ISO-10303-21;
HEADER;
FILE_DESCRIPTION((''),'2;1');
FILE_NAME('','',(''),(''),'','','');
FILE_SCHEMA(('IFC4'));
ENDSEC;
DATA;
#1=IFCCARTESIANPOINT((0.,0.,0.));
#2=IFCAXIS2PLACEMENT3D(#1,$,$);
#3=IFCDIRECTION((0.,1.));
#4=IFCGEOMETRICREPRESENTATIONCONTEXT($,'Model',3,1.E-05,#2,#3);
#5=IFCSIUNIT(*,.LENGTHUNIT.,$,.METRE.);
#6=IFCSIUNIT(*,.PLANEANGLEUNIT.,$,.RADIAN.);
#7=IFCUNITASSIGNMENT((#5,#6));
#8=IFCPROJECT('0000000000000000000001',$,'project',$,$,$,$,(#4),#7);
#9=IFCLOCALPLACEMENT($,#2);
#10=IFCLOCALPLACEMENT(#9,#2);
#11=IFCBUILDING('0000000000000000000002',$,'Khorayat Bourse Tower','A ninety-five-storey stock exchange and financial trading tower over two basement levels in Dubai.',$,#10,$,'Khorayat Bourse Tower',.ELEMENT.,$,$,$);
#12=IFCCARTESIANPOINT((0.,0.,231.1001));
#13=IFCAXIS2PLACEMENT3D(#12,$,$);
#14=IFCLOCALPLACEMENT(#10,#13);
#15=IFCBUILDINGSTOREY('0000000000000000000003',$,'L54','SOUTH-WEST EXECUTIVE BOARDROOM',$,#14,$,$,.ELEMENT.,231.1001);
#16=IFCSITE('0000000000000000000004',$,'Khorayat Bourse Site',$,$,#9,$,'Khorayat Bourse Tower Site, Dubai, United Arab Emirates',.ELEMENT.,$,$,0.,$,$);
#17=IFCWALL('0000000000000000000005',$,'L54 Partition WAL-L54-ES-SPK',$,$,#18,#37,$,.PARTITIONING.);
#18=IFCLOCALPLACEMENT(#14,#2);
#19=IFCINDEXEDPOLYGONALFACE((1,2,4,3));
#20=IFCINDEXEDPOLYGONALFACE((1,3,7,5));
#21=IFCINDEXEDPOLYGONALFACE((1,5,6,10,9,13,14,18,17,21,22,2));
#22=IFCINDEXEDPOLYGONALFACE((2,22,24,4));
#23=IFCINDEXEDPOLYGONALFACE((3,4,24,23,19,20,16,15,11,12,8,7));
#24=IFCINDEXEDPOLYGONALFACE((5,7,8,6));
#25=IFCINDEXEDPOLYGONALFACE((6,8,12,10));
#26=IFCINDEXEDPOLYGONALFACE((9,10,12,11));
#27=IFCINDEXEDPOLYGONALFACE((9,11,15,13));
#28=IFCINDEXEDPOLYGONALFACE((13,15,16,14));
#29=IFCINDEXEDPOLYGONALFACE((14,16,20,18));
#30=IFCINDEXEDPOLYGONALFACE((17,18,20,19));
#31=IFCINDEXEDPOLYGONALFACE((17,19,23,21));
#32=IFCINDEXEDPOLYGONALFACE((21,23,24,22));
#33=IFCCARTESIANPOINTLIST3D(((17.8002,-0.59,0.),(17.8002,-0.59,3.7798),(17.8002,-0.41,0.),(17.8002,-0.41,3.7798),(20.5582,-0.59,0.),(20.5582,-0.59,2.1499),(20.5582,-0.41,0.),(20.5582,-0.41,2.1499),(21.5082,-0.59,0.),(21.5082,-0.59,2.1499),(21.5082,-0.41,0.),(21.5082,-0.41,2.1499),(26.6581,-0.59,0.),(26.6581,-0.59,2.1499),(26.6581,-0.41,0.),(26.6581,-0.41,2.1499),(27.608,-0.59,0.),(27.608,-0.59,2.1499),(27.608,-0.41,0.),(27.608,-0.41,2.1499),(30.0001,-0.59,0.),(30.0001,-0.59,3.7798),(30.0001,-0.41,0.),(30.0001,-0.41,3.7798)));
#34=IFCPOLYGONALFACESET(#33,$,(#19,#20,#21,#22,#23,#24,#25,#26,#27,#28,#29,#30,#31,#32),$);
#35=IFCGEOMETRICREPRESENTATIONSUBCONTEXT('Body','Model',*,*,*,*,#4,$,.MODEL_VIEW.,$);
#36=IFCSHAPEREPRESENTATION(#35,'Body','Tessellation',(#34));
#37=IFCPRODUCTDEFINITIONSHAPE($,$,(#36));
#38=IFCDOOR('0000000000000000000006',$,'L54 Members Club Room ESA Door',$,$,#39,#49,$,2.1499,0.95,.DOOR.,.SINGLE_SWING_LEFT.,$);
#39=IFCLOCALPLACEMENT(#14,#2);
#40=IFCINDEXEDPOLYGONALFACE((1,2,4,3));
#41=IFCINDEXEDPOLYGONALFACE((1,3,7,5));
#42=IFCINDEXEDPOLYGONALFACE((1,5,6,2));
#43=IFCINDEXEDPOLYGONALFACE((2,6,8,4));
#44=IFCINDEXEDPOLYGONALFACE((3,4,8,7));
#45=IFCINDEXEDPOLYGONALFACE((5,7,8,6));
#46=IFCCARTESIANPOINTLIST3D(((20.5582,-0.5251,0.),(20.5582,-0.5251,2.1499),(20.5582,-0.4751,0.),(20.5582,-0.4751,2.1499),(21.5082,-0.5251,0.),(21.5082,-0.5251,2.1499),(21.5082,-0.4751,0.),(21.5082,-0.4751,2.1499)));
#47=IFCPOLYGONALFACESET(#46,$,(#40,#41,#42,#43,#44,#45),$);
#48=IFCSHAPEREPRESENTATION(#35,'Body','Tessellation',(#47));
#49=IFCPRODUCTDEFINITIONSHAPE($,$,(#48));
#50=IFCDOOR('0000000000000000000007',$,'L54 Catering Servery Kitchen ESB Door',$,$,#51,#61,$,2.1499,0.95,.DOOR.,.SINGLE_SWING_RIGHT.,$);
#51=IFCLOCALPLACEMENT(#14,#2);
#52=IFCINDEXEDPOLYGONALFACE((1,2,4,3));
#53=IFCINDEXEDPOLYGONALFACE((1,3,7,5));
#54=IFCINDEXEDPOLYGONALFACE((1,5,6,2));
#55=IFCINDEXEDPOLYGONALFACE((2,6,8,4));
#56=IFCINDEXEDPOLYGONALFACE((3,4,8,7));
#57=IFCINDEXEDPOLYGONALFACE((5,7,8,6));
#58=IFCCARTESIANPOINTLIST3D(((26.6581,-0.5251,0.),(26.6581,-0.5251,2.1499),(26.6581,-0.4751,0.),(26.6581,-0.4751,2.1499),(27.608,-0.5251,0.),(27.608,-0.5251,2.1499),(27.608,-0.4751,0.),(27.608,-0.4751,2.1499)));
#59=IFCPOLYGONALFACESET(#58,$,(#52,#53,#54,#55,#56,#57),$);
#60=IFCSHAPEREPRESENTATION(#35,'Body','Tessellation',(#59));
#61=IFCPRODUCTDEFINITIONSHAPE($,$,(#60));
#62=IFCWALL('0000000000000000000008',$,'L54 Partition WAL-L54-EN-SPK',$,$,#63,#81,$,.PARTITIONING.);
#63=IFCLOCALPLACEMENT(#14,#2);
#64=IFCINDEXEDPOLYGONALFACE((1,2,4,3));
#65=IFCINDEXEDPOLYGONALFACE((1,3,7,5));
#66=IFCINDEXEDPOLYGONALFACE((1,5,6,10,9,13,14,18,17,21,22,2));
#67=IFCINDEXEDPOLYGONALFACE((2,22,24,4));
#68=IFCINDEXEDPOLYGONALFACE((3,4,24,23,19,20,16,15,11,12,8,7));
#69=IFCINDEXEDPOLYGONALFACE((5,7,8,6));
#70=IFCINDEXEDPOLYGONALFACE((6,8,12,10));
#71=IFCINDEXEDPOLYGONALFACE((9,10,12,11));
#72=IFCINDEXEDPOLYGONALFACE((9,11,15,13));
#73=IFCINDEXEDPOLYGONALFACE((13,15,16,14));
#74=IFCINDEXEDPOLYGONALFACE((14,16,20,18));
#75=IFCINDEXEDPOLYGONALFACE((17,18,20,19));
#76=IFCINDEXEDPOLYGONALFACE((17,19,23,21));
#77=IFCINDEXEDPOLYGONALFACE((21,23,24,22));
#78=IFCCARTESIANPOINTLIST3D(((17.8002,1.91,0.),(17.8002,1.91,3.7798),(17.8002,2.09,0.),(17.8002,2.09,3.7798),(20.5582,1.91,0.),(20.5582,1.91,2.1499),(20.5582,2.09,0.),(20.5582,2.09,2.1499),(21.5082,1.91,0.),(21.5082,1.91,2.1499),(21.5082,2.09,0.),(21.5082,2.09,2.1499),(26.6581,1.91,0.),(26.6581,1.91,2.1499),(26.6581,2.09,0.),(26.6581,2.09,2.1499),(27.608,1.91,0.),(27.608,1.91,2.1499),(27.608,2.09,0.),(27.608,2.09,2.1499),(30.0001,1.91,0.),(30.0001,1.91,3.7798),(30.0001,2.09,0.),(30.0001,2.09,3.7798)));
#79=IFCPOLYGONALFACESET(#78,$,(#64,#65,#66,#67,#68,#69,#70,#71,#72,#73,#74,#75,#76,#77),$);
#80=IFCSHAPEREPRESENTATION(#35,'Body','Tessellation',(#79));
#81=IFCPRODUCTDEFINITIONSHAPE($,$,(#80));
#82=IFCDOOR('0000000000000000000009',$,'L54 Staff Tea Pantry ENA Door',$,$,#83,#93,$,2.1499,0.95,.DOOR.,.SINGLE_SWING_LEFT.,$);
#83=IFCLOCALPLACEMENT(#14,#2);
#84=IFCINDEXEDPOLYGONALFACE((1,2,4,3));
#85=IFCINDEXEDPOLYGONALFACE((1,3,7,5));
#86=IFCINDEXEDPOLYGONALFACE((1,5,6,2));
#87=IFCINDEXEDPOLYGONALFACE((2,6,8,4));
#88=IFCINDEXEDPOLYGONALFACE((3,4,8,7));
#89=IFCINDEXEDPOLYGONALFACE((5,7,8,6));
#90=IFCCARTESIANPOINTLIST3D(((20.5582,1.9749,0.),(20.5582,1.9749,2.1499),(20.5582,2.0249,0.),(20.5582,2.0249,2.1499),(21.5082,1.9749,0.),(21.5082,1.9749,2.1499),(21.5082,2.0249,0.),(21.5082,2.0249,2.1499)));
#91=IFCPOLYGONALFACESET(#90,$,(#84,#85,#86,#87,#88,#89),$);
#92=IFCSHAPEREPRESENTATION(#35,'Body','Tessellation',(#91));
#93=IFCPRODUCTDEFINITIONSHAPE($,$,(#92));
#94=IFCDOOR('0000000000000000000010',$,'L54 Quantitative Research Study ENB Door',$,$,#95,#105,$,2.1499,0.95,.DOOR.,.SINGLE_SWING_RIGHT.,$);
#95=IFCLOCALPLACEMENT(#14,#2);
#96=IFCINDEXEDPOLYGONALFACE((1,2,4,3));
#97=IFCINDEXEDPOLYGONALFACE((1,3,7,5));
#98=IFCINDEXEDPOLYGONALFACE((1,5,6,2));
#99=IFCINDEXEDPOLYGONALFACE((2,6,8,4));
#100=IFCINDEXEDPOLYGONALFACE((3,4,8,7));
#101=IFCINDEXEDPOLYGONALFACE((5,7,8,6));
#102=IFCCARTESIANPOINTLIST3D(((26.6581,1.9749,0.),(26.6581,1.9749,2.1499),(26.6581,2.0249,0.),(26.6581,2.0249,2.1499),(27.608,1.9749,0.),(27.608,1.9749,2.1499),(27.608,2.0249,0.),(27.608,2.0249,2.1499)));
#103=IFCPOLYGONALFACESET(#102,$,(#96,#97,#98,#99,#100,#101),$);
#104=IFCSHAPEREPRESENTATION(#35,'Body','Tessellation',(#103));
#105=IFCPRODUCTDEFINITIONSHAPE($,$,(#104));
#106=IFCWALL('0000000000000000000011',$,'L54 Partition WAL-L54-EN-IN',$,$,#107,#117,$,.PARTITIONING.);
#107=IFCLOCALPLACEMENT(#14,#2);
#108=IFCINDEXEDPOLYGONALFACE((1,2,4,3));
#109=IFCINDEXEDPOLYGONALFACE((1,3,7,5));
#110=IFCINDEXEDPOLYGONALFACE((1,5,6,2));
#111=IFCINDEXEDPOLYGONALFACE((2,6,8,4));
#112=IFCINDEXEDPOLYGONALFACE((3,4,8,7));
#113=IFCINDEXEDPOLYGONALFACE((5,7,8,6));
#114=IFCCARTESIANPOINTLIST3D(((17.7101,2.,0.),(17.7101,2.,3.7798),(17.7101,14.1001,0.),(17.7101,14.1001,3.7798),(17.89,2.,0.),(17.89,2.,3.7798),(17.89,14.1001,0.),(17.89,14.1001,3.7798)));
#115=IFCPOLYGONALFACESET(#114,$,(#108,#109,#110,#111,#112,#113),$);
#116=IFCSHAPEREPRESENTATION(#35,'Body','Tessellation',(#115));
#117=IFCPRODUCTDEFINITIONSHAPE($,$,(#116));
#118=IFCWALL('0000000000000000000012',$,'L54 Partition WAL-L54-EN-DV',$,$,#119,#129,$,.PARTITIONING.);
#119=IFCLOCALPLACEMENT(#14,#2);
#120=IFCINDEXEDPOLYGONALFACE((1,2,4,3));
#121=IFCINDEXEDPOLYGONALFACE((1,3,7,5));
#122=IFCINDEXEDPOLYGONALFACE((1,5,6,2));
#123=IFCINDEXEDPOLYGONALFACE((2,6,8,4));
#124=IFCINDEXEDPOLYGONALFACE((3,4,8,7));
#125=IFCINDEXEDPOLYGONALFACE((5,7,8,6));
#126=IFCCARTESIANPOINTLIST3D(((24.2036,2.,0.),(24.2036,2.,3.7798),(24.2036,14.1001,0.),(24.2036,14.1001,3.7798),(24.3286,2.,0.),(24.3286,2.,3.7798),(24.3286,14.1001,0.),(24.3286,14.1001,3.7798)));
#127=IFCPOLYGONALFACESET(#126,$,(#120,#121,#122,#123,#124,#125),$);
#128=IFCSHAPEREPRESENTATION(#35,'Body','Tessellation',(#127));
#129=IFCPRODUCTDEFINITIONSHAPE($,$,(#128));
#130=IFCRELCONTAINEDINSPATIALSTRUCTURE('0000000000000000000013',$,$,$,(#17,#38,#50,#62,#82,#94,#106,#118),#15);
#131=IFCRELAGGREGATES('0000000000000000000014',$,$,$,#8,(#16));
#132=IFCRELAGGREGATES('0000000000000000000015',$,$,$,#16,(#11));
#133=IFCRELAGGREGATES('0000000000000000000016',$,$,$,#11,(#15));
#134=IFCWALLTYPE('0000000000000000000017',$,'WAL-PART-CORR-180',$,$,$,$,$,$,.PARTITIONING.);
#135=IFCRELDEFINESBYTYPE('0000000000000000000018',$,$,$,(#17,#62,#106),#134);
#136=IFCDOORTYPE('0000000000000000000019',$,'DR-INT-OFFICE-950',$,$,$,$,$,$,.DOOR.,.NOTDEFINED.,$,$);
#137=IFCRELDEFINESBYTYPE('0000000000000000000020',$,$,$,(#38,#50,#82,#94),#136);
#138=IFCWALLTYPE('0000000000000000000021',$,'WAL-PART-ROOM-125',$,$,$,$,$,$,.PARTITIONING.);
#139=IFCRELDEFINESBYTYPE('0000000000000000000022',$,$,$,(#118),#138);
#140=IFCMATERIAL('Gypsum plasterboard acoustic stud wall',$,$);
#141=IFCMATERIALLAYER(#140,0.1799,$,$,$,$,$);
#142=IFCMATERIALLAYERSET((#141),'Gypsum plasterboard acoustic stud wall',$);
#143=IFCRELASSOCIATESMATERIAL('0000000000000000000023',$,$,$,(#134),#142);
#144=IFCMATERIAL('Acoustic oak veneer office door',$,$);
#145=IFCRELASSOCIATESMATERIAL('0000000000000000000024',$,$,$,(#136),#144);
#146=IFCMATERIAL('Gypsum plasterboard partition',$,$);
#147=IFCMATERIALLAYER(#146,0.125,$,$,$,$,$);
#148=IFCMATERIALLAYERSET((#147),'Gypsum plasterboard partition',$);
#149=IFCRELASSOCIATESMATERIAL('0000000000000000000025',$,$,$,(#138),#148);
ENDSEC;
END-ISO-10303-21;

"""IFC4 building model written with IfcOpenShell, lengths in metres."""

from ifc_helpers import new_model, si_unit, direction, frame, frame_2d, origin, place, context, subcontext, project, spatial, rectangle, extrude, source, transform, mapped, material, layer, layer_set, type_object, element, fill, save


model = new_model("IFC4")

# Units and contexts
model_context = context("Model", 3, precision=1e-05, world=origin(), true_north=direction((0.0, 1.0)))
body_context = subcontext(model_context, "Body", "Model", "MODEL_VIEW")
ifc_project = project(units=[si_unit("LENGTHUNIT", "METRE"), si_unit("PLANEANGLEUNIT", "RADIAN")], contexts=[model_context])

# Site, building, storey
site_placement = place(None, origin())
site = spatial("IfcSite", under=ifc_project, at=site_placement, Name="Khorayat Bourse Site", LongName="Khorayat Bourse Tower Site, Dubai, United Arab Emirates", CompositionType="ELEMENT", RefElevation=0.0)
building_placement = place(site_placement, origin())
building = spatial("IfcBuilding", under=site, at=building_placement, Name="Khorayat Bourse Tower", Description="A ninety-five-storey stock exchange and financial trading tower over two basement levels in Dubai.", LongName="Khorayat Bourse Tower", CompositionType="ELEMENT")
storey_placement = place(building_placement, frame((0.0, 0.0, 231.1001)))
storey = spatial("IfcBuildingStorey", under=building, at=storey_placement, Name="L54", Description="SOUTH-WEST EXECUTIVE BOARDROOM", CompositionType="ELEMENT", Elevation=231.1001)

# Shared definitions
ifc_material_1 = material(Name="Gypsum plasterboard acoustic stud wall")
ifc_layer_1 = layer(ifc_material_1, 0.1799)
ifc_layer_set_1 = layer_set([ifc_layer_1], Name="Gypsum plasterboard acoustic stud wall")
wall_type_1 = type_object("IfcWallType", Name="WAL-PART-CORR-180", PredefinedType="PARTITIONING", material=ifc_layer_set_1)

# Walls, openings, doors
shared_shape_1 = source(origin(), body_context, "Body", "SweptSolid", [
    extrude(rectangle(XDim=12.2, YDim=0.1799, at=frame_2d((6.1001, 0.0))), origin(), (0.0, 0.0, 1.0), 3.7798),
])
wall_1_placement = place(storey_placement, frame((17.8, -0.5, 0.0), z_axis=(0.0, 0.0, 1.0), x_axis=(1.0, 0.0, 0.0)))
wall_1 = element("IfcWall", 1, at=wall_1_placement, inside=storey, type_object=wall_type_1, Name="L54 Partition WAL-L54-ES-SPK", PredefinedType="PARTITIONING", context=body_context, shape_type="MappedRepresentation", body=[
    mapped(shared_shape_1, transform((0.0, 0.0, 0.0), scale=1.0)),
])
shared_shape_2 = source(origin(), body_context, "Body", "SweptSolid", [
    extrude(rectangle(XDim=0.95, YDim=2.1499, at=frame_2d((0.4751, 1.075))), frame((0.0, 0.0999, 0.0), z_axis=(0.0, -1.0, 0.0), x_axis=(1.0, 0.0, 0.0)), (0.0, 0.0, 1.0), 0.2),
])
opening_1_placement = place(wall_1_placement, frame((2.7581, 0.0, 0.0)))
opening_1 = element("IfcOpeningElement", 2, at=opening_1_placement, cuts=wall_1, PredefinedType="OPENING", context=body_context, shape_type="MappedRepresentation", body=[
    mapped(shared_shape_2, transform((0.0, 0.0, 0.0), scale=1.0)),
])
opening_2_placement = place(wall_1_placement, frame((8.8579, 0.0, 0.0)))
opening_2 = element("IfcOpeningElement", 3, at=opening_2_placement, cuts=wall_1, PredefinedType="OPENING", context=body_context, shape_type="MappedRepresentation", body=[
    mapped(shared_shape_2, transform((0.0, 0.0, 0.0), scale=1.0)),
])
ifc_material_2 = material(Name="Acoustic oak veneer office door")
door_type = type_object("IfcDoorType", Name="DR-INT-OFFICE-950", OperationType="NOTDEFINED", PredefinedType="DOOR", material=ifc_material_2)
shared_shape_3 = source(origin(), body_context, "Body", "SweptSolid", [
    extrude(rectangle(XDim=0.95, YDim=2.1499, at=frame_2d((0.4751, 1.075))), frame((0.0, 0.0249, 0.0), z_axis=(0.0, -1.0, 0.0), x_axis=(1.0, 0.0, 0.0)), (0.0, 0.0, 1.0), 0.05),
])
door_1_placement = place(opening_1_placement, origin())
door_1 = element("IfcDoor", 4, at=door_1_placement, inside=storey, type_object=door_type, Name="L54 Members Club Room ESA Door", OperationType="SINGLE_SWING_LEFT", OverallHeight=2.1499, OverallWidth=0.95, PredefinedType="DOOR", context=body_context, shape_type="MappedRepresentation", body=[
    mapped(shared_shape_3, transform((0.0, 0.0, 0.0), scale=1.0)),
])
fill(opening_1, door_1)
door_2_placement = place(opening_2_placement, origin())
door_2 = element("IfcDoor", 5, at=door_2_placement, inside=storey, type_object=door_type, Name="L54 Catering Servery Kitchen ESB Door", OperationType="SINGLE_SWING_RIGHT", OverallHeight=2.1499, OverallWidth=0.95, PredefinedType="DOOR", context=body_context, shape_type="MappedRepresentation", body=[
    mapped(shared_shape_3, transform((0.0, 0.0, 0.0), scale=1.0)),
])
fill(opening_2, door_2)
wall_2_placement = place(storey_placement, frame((17.8, 2.0, 0.0), z_axis=(0.0, 0.0, 1.0), x_axis=(1.0, 0.0, 0.0)))
wall_2 = element("IfcWall", 6, at=wall_2_placement, inside=storey, type_object=wall_type_1, Name="L54 Partition WAL-L54-EN-SPK", PredefinedType="PARTITIONING", context=body_context, shape_type="MappedRepresentation", body=[
    mapped(shared_shape_1, transform((0.0, 0.0, 0.0), scale=1.0)),
])
opening_3_placement = place(wall_2_placement, frame((2.7581, 0.0, 0.0)))
opening_3 = element("IfcOpeningElement", 7, at=opening_3_placement, cuts=wall_2, PredefinedType="OPENING", context=body_context, shape_type="MappedRepresentation", body=[
    mapped(shared_shape_2, transform((0.0, 0.0, 0.0), scale=1.0)),
])
opening_4_placement = place(wall_2_placement, frame((8.8579, 0.0, 0.0)))
opening_4 = element("IfcOpeningElement", 8, at=opening_4_placement, cuts=wall_2, PredefinedType="OPENING", context=body_context, shape_type="MappedRepresentation", body=[
    mapped(shared_shape_2, transform((0.0, 0.0, 0.0), scale=1.0)),
])
door_3_placement = place(opening_3_placement, origin())
door_3 = element("IfcDoor", 9, at=door_3_placement, inside=storey, type_object=door_type, Name="L54 Staff Tea Pantry ENA Door", OperationType="SINGLE_SWING_LEFT", OverallHeight=2.1499, OverallWidth=0.95, PredefinedType="DOOR", context=body_context, shape_type="MappedRepresentation", body=[
    mapped(shared_shape_3, transform((0.0, 0.0, 0.0), scale=1.0)),
])
fill(opening_3, door_3)
door_4_placement = place(opening_4_placement, origin())
door_4 = element("IfcDoor", 10, at=door_4_placement, inside=storey, type_object=door_type, Name="L54 Quantitative Research Study ENB Door", OperationType="SINGLE_SWING_RIGHT", OverallHeight=2.1499, OverallWidth=0.95, PredefinedType="DOOR", context=body_context, shape_type="MappedRepresentation", body=[
    mapped(shared_shape_3, transform((0.0, 0.0, 0.0), scale=1.0)),
])
fill(opening_4, door_4)

# Walls
shared_shape_4 = source(origin(), body_context, "Body", "SweptSolid", [
    extrude(rectangle(XDim=12.1001, YDim=0.1799, at=frame_2d((6.05, 0.0))), origin(), (0.0, 0.0, 1.0), 3.7798),
])
wall_3_placement = place(storey_placement, frame((17.8, 2.0, 0.0), z_axis=(0.0, 0.0, 1.0), x_axis=(0.0, 1.0, 0.0)))
element("IfcWall", 11, at=wall_3_placement, inside=storey, type_object=wall_type_1, Name="L54 Partition WAL-L54-EN-IN", PredefinedType="PARTITIONING", context=body_context, shape_type="MappedRepresentation", body=[
    mapped(shared_shape_4, transform((0.0, 0.0, 0.0), scale=1.0)),
])
ifc_material_3 = material(Name="Gypsum plasterboard partition")
ifc_layer_2 = layer(ifc_material_3, 0.125)
ifc_layer_set_2 = layer_set([ifc_layer_2], Name="Gypsum plasterboard partition")
wall_type_2 = type_object("IfcWallType", Name="WAL-PART-ROOM-125", PredefinedType="PARTITIONING", material=ifc_layer_set_2)
shared_shape_5 = source(origin(), body_context, "Body", "SweptSolid", [
    extrude(rectangle(XDim=12.1001, YDim=0.125, at=frame_2d((6.05, 0.0))), origin(), (0.0, 0.0, 1.0), 3.7798),
])
wall_4_placement = place(storey_placement, frame((24.2661, 2.0, 0.0), z_axis=(0.0, 0.0, 1.0), x_axis=(0.0, 1.0, 0.0)))
element("IfcWall", 12, at=wall_4_placement, inside=storey, type_object=wall_type_2, Name="L54 Partition WAL-L54-EN-DV", PredefinedType="PARTITIONING", context=body_context, shape_type="MappedRepresentation", body=[
    mapped(shared_shape_5, transform((0.0, 0.0, 0.0), scale=1.0)),
])

save(model, "model.ifc")
